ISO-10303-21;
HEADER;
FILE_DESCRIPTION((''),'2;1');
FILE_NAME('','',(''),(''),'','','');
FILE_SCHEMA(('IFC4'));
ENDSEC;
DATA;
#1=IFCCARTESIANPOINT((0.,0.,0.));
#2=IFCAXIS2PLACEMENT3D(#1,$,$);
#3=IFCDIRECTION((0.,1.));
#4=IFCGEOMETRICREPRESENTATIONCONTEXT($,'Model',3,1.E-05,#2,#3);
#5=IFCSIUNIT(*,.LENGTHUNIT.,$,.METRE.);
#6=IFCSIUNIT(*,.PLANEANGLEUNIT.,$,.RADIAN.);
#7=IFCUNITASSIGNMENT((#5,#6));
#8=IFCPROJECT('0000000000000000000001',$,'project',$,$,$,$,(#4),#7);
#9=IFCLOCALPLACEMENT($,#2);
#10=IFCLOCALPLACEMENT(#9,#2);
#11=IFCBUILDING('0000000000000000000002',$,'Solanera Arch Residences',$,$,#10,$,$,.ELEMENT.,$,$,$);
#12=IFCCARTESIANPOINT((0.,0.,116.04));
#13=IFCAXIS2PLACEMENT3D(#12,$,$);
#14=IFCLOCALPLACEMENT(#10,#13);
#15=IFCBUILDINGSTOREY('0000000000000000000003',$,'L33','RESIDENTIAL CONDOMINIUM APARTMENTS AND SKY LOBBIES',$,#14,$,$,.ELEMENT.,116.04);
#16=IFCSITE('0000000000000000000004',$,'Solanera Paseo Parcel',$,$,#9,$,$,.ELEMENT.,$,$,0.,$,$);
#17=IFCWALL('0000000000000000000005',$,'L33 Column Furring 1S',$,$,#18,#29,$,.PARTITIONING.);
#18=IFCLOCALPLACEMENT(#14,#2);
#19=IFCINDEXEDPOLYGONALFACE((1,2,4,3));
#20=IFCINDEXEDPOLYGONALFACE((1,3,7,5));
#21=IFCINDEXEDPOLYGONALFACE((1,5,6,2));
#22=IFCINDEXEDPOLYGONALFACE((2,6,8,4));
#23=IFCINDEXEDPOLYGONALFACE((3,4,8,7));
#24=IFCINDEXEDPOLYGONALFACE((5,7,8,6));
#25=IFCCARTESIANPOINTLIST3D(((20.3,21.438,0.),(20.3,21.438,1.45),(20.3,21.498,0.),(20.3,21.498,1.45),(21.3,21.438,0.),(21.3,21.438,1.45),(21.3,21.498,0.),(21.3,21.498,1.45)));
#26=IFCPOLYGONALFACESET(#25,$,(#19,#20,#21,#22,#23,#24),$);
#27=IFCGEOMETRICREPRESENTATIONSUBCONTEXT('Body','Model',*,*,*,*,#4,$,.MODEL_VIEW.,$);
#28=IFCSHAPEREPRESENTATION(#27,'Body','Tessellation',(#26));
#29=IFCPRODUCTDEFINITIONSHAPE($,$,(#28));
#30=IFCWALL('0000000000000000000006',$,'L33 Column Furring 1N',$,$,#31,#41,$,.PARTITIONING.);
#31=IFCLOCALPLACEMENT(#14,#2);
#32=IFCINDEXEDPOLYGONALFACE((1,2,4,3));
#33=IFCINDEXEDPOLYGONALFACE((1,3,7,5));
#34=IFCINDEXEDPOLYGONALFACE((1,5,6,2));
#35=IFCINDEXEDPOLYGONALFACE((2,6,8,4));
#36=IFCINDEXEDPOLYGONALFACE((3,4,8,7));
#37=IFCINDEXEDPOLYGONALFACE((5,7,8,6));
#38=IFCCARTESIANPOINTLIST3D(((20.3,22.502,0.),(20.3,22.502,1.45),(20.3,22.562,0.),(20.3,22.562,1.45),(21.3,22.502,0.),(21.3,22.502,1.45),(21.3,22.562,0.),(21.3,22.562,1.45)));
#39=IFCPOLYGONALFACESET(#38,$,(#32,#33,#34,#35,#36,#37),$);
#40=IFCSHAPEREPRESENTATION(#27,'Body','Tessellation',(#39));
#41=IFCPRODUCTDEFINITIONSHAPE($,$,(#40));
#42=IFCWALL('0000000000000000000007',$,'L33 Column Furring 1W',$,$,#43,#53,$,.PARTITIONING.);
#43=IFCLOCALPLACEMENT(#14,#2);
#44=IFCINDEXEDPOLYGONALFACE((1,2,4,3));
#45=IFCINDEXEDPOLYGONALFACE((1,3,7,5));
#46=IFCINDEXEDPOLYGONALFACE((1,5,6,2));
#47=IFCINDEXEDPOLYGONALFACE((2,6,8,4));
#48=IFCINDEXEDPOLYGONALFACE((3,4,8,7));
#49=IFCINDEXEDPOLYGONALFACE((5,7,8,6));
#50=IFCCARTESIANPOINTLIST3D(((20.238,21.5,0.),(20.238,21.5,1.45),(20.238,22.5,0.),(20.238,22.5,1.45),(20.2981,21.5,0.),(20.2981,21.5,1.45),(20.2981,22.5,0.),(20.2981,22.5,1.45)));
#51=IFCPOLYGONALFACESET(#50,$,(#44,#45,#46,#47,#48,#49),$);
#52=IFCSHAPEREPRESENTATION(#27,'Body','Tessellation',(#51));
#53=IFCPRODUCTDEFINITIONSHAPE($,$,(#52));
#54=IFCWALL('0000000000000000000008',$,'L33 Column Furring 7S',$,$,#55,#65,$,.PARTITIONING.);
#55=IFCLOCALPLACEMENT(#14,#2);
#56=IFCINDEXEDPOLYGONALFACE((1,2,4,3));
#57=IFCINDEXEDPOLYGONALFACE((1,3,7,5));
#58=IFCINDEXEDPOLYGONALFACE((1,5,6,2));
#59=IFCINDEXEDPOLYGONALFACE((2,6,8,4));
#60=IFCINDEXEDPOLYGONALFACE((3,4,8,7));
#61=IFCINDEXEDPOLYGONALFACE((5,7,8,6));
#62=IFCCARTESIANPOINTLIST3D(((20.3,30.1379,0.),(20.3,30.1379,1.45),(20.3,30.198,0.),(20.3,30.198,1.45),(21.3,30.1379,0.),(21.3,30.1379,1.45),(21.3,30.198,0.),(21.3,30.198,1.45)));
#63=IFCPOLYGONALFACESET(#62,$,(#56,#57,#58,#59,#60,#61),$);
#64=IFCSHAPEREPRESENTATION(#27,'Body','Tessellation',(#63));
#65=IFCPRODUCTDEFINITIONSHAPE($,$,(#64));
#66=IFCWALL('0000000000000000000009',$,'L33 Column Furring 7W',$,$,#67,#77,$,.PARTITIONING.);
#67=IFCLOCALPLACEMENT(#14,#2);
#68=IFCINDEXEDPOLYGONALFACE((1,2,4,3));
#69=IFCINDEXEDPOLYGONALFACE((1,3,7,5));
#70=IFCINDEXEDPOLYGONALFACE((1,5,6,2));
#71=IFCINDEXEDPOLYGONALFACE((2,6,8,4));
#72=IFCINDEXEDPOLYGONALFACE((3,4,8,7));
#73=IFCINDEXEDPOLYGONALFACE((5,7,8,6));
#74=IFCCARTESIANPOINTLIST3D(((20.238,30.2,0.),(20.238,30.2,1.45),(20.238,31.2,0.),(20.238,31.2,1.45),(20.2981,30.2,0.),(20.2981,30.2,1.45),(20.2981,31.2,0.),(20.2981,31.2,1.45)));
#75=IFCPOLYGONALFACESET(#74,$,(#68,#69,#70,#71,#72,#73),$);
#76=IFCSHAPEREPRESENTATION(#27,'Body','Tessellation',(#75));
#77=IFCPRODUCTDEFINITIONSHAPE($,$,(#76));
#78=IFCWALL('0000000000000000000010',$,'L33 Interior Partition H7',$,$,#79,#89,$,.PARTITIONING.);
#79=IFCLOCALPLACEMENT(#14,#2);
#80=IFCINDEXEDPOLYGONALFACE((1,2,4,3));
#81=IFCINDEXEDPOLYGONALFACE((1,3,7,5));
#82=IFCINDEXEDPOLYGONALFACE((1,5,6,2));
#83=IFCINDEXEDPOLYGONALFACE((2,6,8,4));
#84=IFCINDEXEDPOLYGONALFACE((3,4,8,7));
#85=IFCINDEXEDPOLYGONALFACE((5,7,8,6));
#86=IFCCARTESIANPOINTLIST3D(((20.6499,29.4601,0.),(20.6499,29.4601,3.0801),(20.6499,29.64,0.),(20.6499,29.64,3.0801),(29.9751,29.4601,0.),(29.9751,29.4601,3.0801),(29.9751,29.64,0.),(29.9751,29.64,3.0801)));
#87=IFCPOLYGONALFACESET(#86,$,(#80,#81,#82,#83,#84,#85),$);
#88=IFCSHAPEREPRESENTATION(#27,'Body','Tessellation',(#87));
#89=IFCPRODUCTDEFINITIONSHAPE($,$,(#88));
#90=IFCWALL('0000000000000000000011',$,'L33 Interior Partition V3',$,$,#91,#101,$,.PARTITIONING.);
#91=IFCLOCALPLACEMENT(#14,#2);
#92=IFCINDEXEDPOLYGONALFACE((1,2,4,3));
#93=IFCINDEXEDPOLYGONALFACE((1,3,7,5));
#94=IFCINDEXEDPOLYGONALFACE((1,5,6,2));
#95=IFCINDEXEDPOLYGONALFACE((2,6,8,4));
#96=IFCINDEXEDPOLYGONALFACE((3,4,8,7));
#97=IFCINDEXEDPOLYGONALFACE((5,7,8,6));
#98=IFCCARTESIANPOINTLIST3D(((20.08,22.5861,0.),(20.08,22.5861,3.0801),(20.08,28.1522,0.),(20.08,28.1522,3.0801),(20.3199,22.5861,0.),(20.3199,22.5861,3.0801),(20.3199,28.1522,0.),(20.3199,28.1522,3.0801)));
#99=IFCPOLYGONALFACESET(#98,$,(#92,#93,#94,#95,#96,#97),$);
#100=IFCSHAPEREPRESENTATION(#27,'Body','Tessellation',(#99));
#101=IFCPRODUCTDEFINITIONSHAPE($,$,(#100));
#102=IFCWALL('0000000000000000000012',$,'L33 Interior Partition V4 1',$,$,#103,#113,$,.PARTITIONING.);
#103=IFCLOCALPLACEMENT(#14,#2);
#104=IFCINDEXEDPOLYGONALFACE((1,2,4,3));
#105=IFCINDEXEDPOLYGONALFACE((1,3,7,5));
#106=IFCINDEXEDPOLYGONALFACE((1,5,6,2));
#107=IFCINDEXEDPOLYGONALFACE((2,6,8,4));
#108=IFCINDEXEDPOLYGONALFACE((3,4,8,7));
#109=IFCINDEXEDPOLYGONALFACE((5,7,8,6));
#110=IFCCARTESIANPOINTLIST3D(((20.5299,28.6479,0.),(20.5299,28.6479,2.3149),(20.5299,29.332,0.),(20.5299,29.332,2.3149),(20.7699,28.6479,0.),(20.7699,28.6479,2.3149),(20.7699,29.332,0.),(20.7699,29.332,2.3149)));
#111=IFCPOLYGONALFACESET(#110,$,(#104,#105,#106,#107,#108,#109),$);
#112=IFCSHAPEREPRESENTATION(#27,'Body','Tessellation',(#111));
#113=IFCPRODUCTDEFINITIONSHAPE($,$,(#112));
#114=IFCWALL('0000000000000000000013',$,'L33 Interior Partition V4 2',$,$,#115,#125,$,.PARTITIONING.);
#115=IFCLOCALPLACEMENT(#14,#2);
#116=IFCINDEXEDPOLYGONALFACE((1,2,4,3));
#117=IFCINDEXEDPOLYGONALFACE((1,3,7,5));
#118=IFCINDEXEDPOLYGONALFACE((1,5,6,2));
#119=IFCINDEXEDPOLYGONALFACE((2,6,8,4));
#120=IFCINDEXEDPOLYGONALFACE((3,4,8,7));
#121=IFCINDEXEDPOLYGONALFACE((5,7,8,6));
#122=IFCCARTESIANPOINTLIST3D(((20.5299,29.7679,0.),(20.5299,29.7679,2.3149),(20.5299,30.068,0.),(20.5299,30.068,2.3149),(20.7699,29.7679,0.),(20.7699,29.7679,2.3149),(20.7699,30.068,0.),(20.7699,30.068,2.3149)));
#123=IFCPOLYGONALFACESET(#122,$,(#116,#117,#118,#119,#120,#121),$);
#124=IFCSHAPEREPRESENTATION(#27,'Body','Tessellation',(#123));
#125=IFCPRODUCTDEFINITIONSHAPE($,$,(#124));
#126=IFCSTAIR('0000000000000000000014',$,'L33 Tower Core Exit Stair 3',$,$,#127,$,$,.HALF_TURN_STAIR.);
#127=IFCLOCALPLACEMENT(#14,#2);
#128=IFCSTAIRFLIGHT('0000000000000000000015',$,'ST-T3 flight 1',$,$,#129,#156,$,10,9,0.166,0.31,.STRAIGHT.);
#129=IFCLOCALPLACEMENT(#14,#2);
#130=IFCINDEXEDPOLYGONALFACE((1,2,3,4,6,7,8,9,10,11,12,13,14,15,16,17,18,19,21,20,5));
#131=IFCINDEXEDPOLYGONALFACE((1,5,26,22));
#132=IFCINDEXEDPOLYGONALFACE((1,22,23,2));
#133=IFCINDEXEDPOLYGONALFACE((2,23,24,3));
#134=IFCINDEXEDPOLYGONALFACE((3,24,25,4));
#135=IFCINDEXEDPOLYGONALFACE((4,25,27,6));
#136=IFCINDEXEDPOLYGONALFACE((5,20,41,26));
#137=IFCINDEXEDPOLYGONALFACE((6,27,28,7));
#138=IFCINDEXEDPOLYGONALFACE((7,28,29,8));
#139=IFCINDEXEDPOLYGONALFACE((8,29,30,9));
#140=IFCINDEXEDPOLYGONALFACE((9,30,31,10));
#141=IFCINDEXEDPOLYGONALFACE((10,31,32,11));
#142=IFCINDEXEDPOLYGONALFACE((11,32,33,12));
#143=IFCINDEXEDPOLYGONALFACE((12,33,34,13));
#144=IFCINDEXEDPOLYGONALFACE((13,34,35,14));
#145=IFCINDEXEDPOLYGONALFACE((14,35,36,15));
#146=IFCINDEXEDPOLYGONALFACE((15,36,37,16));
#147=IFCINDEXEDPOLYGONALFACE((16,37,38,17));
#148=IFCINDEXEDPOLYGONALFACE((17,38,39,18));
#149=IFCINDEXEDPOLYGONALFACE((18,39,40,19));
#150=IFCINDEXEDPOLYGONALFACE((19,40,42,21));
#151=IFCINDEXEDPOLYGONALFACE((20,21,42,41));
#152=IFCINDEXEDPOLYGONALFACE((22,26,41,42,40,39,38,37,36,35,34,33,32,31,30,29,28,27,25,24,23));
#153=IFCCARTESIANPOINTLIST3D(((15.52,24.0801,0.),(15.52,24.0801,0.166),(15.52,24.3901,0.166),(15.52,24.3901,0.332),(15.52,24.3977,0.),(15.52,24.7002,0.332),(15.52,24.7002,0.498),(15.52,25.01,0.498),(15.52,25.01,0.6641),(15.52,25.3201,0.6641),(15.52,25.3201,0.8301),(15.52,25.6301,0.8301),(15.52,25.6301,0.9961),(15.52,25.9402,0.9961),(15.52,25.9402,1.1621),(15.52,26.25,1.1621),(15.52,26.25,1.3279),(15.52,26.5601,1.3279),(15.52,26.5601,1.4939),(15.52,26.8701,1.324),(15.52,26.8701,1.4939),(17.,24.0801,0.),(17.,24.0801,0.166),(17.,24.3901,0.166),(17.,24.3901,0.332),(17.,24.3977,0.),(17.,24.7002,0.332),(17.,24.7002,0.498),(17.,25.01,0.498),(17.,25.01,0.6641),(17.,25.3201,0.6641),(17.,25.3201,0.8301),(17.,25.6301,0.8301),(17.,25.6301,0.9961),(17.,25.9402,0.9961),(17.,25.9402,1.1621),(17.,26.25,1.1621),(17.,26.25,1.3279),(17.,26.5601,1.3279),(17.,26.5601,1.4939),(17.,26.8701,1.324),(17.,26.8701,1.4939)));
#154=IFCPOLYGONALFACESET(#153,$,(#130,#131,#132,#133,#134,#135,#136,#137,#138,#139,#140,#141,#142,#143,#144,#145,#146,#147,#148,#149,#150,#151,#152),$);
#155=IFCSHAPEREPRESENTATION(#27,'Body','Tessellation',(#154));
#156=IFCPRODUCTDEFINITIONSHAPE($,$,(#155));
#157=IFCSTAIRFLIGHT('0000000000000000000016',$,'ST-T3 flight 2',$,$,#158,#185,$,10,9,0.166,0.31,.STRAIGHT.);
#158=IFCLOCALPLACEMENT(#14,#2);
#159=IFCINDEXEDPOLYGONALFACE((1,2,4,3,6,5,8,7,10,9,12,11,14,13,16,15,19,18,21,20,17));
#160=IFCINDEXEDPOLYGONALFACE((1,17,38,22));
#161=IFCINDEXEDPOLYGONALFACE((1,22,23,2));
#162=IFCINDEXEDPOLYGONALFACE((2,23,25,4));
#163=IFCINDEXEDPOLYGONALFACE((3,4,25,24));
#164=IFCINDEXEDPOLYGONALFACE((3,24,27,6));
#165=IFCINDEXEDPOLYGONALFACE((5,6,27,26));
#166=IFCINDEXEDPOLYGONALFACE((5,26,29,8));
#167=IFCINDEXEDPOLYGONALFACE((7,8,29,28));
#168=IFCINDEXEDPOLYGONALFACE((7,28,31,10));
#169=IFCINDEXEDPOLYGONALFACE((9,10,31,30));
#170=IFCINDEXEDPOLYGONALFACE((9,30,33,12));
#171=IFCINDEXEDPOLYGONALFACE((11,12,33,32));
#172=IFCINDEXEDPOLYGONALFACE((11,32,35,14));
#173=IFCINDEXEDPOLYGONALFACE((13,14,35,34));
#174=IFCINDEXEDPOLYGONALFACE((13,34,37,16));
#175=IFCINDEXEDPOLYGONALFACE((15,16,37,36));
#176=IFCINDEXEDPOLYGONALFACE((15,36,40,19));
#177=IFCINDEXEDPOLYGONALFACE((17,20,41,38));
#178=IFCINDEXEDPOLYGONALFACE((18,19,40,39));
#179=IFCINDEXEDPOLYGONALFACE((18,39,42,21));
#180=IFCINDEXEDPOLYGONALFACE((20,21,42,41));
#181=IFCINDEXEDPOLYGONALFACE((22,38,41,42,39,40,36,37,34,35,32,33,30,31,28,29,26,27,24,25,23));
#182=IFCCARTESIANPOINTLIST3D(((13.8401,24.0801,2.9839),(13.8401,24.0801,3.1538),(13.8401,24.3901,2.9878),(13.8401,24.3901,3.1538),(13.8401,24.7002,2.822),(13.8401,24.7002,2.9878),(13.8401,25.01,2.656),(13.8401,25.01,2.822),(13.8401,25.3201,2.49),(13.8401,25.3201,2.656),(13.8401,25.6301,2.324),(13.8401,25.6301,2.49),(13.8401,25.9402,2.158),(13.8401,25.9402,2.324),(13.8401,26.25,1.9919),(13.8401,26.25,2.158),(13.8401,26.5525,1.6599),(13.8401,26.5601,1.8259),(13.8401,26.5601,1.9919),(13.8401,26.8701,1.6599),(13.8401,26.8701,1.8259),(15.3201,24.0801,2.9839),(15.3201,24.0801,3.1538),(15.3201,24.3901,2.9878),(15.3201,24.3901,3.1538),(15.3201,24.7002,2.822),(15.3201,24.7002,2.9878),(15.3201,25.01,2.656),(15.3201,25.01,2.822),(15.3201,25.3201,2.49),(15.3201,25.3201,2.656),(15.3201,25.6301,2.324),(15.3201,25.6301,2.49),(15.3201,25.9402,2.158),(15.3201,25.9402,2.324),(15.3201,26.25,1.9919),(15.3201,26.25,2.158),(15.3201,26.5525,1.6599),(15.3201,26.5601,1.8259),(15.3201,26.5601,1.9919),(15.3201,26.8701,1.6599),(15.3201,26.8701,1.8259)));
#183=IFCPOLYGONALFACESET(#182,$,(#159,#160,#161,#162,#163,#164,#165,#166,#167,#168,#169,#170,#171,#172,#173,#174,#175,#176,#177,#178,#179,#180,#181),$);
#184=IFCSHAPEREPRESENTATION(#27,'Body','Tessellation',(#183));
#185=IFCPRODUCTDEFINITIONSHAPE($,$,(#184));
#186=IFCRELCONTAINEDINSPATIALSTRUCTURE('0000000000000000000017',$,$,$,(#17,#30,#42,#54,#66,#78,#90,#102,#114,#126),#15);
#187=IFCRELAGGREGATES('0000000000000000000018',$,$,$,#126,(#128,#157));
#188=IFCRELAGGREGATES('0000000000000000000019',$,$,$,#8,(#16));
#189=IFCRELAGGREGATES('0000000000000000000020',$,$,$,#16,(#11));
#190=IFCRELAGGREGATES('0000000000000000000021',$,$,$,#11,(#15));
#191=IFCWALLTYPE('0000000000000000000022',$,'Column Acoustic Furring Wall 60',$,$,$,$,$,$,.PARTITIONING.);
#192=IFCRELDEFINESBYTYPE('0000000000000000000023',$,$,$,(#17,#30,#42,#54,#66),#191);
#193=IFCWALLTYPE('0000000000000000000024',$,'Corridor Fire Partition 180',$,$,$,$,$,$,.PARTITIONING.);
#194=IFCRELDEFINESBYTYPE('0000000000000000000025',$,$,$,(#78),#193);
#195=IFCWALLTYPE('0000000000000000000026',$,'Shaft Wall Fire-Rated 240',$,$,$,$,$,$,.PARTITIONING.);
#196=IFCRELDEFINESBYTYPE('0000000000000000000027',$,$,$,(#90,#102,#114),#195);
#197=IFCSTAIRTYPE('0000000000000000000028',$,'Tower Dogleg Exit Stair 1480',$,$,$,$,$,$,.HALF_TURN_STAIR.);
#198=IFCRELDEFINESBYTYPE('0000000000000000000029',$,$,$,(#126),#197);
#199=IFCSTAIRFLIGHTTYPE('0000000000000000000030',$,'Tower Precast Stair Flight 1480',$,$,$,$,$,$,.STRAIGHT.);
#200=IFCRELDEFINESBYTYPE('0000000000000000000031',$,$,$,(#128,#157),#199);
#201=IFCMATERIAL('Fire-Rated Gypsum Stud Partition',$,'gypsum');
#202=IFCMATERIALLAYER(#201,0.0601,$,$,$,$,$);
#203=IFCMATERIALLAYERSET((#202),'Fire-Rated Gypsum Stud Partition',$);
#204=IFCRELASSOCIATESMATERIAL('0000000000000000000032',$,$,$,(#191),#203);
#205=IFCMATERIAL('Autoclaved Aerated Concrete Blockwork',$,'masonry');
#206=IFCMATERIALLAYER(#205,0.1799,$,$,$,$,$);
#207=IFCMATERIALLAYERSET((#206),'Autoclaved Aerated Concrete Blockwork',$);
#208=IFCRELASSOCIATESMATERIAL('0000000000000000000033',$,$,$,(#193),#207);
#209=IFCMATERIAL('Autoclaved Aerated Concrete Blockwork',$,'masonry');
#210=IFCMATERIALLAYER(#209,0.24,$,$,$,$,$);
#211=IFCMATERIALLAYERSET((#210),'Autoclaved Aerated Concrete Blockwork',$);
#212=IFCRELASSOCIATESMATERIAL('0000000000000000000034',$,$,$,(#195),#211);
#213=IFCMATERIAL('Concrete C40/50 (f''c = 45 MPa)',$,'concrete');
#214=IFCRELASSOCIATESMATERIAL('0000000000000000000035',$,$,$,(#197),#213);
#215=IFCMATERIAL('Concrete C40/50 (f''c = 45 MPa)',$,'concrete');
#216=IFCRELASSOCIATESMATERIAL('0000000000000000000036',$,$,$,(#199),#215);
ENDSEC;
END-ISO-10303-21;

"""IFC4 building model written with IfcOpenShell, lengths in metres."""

from ifc_helpers import new_model, si_unit, direction, frame, frame_2d, origin, place, context, subcontext, project, spatial, polyline, rectangle, outline, extrude, material, layer, layer_set, type_object, element, aggregate, save


model = new_model("IFC4")

# Units and contexts
model_context = context("Model", 3, precision=1e-05, world=origin(), true_north=direction((0.0, 1.0)))
body_context = subcontext(model_context, "Body", "Model", "MODEL_VIEW")
ifc_project = project(units=[si_unit("LENGTHUNIT", "METRE"), si_unit("PLANEANGLEUNIT", "RADIAN")], contexts=[model_context])

# Site, building, storey
site_placement = place(None, origin())
site = spatial("IfcSite", under=ifc_project, at=site_placement, Name="Solanera Paseo Parcel", CompositionType="ELEMENT", RefElevation=0.0)
building_placement = place(site_placement, origin())
building = spatial("IfcBuilding", under=site, at=building_placement, Name="Solanera Arch Residences", CompositionType="ELEMENT")
storey_placement = place(building_placement, frame((0.0, 0.0, 116.04)))
storey = spatial("IfcBuildingStorey", under=building, at=storey_placement, Name="L33", Description="RESIDENTIAL CONDOMINIUM APARTMENTS AND SKY LOBBIES", CompositionType="ELEMENT", Elevation=116.04)

# Walls
ifc_material_1 = material(Name="Fire-Rated Gypsum Stud Partition", Category="gypsum")
ifc_layer_1 = layer(ifc_material_1, 0.0601)
ifc_layer_set_1 = layer_set([ifc_layer_1], Name="Fire-Rated Gypsum Stud Partition")
wall_type_1 = type_object("IfcWallType", Name="Column Acoustic Furring Wall 60", PredefinedType="PARTITIONING", material=ifc_layer_set_1)
for number, where, z_axis, x_axis, name in (
    (1, (20.3, 21.468, 0.0), (0.0, 0.0, 1.0), (1.0, 0.0, 0.0), "L33 Column Furring 1S"),
    (2, (20.3, 22.532, 0.0), (0.0, 0.0, 1.0), (1.0, 0.0, 0.0), "L33 Column Furring 1N"),
    (3, (20.2681, 21.5, 0.0), (0.0, 0.0, 1.0), (0.0, 1.0, 0.0), "L33 Column Furring 1W"),
    (4, (20.3, 30.168, 0.0), (0.0, 0.0, 1.0), (1.0, 0.0, 0.0), "L33 Column Furring 7S"),
    (5, (20.2681, 30.2, 0.0), (0.0, 0.0, 1.0), (0.0, 1.0, 0.0), "L33 Column Furring 7W"),
):
    element("IfcWall", number, at=place(storey_placement, frame(where, z_axis=z_axis, x_axis=x_axis)), inside=storey, type_object=wall_type_1, Name=name, PredefinedType="PARTITIONING", context=body_context, shape_type="SweptSolid", body=[
        extrude(rectangle(XDim=1.0, YDim=0.0601, at=frame_2d((0.5, 0.0))), origin(), (0.0, 0.0, 1.0), 1.45),
    ])

# Wall
ifc_material_2 = material(Name="Autoclaved Aerated Concrete Blockwork", Category="masonry")
ifc_layer_2 = layer(ifc_material_2, 0.1799)
ifc_layer_set_2 = layer_set([ifc_layer_2], Name="Autoclaved Aerated Concrete Blockwork")
wall_type_2 = type_object("IfcWallType", Name="Corridor Fire Partition 180", PredefinedType="PARTITIONING", material=ifc_layer_set_2)
wall_1_placement = place(storey_placement, frame((20.6499, 29.55, 0.0), z_axis=(0.0, 0.0, 1.0), x_axis=(1.0, 0.0, 0.0)))
element("IfcWall", 6, at=wall_1_placement, inside=storey, type_object=wall_type_2, Name="L33 Interior Partition H7", PredefinedType="PARTITIONING", context=body_context, shape_type="SweptSolid", body=[
    extrude(rectangle(XDim=9.3252, YDim=0.1799, at=frame_2d((4.6626, 0.0))), origin(), (0.0, 0.0, 1.0), 3.0801),
])

# Shared definitions
ifc_material_3 = material(Name="Autoclaved Aerated Concrete Blockwork", Category="masonry")
ifc_layer_3 = layer(ifc_material_3, 0.24)
ifc_layer_set_3 = layer_set([ifc_layer_3], Name="Autoclaved Aerated Concrete Blockwork")
wall_type_3 = type_object("IfcWallType", Name="Shaft Wall Fire-Rated 240", PredefinedType="PARTITIONING", material=ifc_layer_set_3)

# Walls
wall_2_placement = place(storey_placement, frame((20.2, 22.5859, 0.0), z_axis=(0.0, 0.0, 1.0), x_axis=(0.0, 1.0, 0.0)))
element("IfcWall", 7, at=wall_2_placement, inside=storey, type_object=wall_type_3, Name="L33 Interior Partition V3", PredefinedType="PARTITIONING", context=body_context, shape_type="SweptSolid", body=[
    extrude(rectangle(XDim=5.5662, YDim=0.24, at=frame_2d((2.7832, 0.0))), origin(), (0.0, 0.0, 1.0), 3.0801),
])
wall_3_placement = place(storey_placement, frame((20.6499, 28.6479, 0.0), z_axis=(0.0, 0.0, 1.0), x_axis=(0.0, 1.0, 0.0)))
element("IfcWall", 8, at=wall_3_placement, inside=storey, type_object=wall_type_3, Name="L33 Interior Partition V4 1", PredefinedType="PARTITIONING", context=body_context, shape_type="SweptSolid", body=[
    extrude(rectangle(XDim=0.6841, YDim=0.24, at=frame_2d((0.342, 0.0))), origin(), (0.0, 0.0, 1.0), 2.3149),
])
wall_4_placement = place(storey_placement, frame((20.6499, 29.7681, 0.0), z_axis=(0.0, 0.0, 1.0), x_axis=(0.0, 1.0, 0.0)))
element("IfcWall", 9, at=wall_4_placement, inside=storey, type_object=wall_type_3, Name="L33 Interior Partition V4 2", PredefinedType="PARTITIONING", context=body_context, shape_type="SweptSolid", body=[
    extrude(rectangle(XDim=0.3, YDim=0.24, at=frame_2d((0.1499, 0.0))), origin(), (0.0, 0.0, 1.0), 2.3149),
])

# Stair, stair flights
ifc_material_4 = material(Name="Concrete C40/50 (f'c = 45 MPa)", Category="concrete")
stair_type = type_object("IfcStairType", Name="Tower Dogleg Exit Stair 1480", PredefinedType="HALF_TURN_STAIR", material=ifc_material_4)
stair_placement = place(storey_placement, origin())
stair = element("IfcStair", 10, at=stair_placement, inside=storey, type_object=stair_type, Name="L33 Tower Core Exit Stair 3", PredefinedType="HALF_TURN_STAIR")
ifc_material_5 = material(Name="Concrete C40/50 (f'c = 45 MPa)", Category="concrete")
stair_flight_type = type_object("IfcStairFlightType", Name="Tower Precast Stair Flight 1480", PredefinedType="STRAIGHT", material=ifc_material_5)
stair_flight_1_placement = place(storey_placement, frame((16.26, 24.0801, 0.0), z_axis=(0.0, 0.0, 1.0), x_axis=(0.0, 1.0, 0.0)))
stair_flight_1 = element("IfcStairFlight", 11, at=stair_flight_1_placement, type_object=stair_flight_type, Name="ST-T3 flight 1", NumberOfRisers=10, NumberOfTreads=9, PredefinedType="STRAIGHT", RiserHeight=0.166, TreadLength=0.31, context=body_context, shape_type="SweptSolid", body=[
    extrude(outline(polyline([(0.0, 0.0), (0.0, 0.166), (0.3101, 0.166), (0.3101, 0.332), (0.6201, 0.332), (0.6201, 0.498), (0.9299, 0.498), (0.9299, 0.6641), (1.24, 0.6641), (1.24, 0.8301), (1.55, 0.8301), (1.55, 0.9961), (1.8601, 0.9961), (1.8601, 1.1621), (2.1699, 1.1621), (2.1699, 1.3279), (2.48, 1.3279), (2.48, 1.4939), (2.79, 1.4939), (2.79, 1.6599), (2.79, 1.324), (0.3176, 0.0), (0.0, 0.0)])), frame((0.0, 0.74, 0.0), z_axis=(0.0, -1.0, 0.0), x_axis=(1.0, 0.0, 0.0)), (0.0, 0.0, 1.0), 1.48),
])
stair_flight_2_placement = place(storey_placement, frame((14.5801, 26.8701, 1.6599), z_axis=(0.0, 0.0, 1.0), x_axis=(0.0, -1.0, 0.0)))
stair_flight_2 = element("IfcStairFlight", 12, at=stair_flight_2_placement, type_object=stair_flight_type, Name="ST-T3 flight 2", NumberOfRisers=10, NumberOfTreads=9, PredefinedType="STRAIGHT", RiserHeight=0.166, TreadLength=0.31, context=body_context, shape_type="SweptSolid", body=[
    extrude(outline(polyline([(0.0, 0.0), (0.0, 0.166), (0.3101, 0.166), (0.3101, 0.332), (0.6201, 0.332), (0.6201, 0.498), (0.9299, 0.498), (0.9299, 0.6641), (1.24, 0.6641), (1.24, 0.8301), (1.55, 0.8301), (1.55, 0.9961), (1.8601, 0.9961), (1.8601, 1.1621), (2.1699, 1.1621), (2.1699, 1.3279), (2.48, 1.3279), (2.48, 1.4939), (2.79, 1.4939), (2.79, 1.6599), (2.79, 1.324), (0.3176, 0.0), (0.0, 0.0)])), frame((0.0, 0.74, 0.0), z_axis=(0.0, -1.0, 0.0), x_axis=(1.0, 0.0, 0.0)), (0.0, 0.0, 1.0), 1.48),
])
aggregate(stair, [stair_flight_1, stair_flight_2])

save(model, "model.ifc")
